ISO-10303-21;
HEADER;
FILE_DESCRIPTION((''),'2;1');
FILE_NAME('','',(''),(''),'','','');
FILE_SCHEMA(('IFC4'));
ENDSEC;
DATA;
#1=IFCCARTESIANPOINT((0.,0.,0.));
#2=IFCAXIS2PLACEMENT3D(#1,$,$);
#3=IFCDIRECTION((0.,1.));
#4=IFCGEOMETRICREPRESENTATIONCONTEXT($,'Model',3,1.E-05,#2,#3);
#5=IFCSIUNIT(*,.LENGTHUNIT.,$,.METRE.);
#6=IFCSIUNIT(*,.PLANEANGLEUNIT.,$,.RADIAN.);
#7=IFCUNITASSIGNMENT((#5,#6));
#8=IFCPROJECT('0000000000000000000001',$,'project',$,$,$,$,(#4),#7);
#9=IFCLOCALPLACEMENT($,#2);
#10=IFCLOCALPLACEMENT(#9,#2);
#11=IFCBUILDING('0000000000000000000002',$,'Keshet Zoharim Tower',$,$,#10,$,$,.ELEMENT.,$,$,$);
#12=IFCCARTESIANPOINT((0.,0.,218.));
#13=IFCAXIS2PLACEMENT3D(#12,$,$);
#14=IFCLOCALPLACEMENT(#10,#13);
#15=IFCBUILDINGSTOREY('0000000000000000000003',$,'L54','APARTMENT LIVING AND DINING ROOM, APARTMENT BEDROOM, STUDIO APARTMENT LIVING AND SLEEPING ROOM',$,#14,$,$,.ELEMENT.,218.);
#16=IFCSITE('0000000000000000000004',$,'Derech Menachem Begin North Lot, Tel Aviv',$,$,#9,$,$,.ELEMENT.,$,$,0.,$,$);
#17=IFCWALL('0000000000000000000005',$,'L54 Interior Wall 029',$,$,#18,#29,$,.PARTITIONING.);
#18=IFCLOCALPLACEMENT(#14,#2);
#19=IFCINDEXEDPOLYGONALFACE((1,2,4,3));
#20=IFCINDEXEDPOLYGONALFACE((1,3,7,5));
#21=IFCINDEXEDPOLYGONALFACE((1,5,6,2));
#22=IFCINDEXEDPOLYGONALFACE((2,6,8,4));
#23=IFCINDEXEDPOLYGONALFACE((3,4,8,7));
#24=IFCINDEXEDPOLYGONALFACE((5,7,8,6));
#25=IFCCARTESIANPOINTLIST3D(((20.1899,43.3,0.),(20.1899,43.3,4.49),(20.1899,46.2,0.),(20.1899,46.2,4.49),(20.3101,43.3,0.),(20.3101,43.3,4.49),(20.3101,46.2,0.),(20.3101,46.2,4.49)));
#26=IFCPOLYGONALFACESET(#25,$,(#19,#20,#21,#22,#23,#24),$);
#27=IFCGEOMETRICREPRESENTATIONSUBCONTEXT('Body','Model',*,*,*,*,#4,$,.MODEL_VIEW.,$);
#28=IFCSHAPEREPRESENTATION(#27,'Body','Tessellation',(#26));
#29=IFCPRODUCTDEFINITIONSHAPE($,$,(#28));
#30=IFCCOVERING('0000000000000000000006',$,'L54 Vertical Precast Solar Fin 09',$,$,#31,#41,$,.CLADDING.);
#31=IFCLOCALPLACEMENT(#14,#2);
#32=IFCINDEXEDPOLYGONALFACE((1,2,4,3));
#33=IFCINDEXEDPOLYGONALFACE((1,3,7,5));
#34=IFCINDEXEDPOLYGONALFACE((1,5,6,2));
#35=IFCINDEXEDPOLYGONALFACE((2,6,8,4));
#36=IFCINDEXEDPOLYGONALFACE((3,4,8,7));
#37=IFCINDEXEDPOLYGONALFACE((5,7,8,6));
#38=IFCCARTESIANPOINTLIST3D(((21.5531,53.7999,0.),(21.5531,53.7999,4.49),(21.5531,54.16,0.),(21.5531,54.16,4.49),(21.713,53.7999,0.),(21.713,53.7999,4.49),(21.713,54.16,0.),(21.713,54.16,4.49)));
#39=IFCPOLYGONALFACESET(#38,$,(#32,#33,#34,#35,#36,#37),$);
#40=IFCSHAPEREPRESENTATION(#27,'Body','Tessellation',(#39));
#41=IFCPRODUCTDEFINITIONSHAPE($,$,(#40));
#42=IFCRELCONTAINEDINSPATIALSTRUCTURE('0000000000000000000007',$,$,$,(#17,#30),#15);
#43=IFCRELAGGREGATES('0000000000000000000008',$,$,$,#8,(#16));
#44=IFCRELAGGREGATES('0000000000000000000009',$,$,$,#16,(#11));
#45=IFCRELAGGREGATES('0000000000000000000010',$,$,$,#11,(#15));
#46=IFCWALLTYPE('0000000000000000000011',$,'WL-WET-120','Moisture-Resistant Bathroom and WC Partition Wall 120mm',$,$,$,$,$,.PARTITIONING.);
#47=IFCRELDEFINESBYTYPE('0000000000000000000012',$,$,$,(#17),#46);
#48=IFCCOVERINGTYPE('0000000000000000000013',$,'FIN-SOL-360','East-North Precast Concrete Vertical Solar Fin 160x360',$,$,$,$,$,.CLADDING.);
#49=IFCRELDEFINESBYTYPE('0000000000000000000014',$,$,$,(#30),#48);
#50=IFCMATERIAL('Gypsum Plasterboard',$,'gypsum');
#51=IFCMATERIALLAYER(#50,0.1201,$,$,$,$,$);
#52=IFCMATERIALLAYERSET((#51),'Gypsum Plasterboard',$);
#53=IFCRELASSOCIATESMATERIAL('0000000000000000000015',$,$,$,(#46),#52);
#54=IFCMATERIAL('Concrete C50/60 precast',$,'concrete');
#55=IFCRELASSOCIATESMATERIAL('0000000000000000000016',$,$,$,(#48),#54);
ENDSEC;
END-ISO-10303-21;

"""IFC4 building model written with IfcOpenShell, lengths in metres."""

from ifc_helpers import new_model, si_unit, direction, frame, frame_2d, origin, origin_2d, place, context, subcontext, project, spatial, rectangle, extrude, material, layer, layer_set, type_object, element, save


model = new_model("IFC4")

# Units and contexts
model_context = context("Model", 3, precision=1e-05, world=origin(), true_north=direction((0.0, 1.0)))
body_context = subcontext(model_context, "Body", "Model", "MODEL_VIEW")
ifc_project = project(units=[si_unit("LENGTHUNIT", "METRE"), si_unit("PLANEANGLEUNIT", "RADIAN")], contexts=[model_context])

# Site, building, storey
site_placement = place(None, origin())
site = spatial("IfcSite", under=ifc_project, at=site_placement, Name="Derech Menachem Begin North Lot, Tel Aviv", CompositionType="ELEMENT", RefElevation=0.0)
building_placement = place(site_placement, origin())
building = spatial("IfcBuilding", under=site, at=building_placement, Name="Keshet Zoharim Tower", CompositionType="ELEMENT")
storey_placement = place(building_placement, frame((0.0, 0.0, 218.0)))
storey = spatial("IfcBuildingStorey", under=building, at=storey_placement, Name="L54", Description="APARTMENT LIVING AND DINING ROOM, APARTMENT BEDROOM, STUDIO APARTMENT LIVING AND SLEEPING ROOM", CompositionType="ELEMENT", Elevation=218.0)

# Shared definitions
ifc_material_1 = material(Name="Gypsum Plasterboard", Category="gypsum")

# Wall
ifc_layer_1 = layer(ifc_material_1, 0.1201)
ifc_layer_set_1 = layer_set([ifc_layer_1], Name="Gypsum Plasterboard")
wall_type_1 = type_object("IfcWallType", Name="WL-WET-120", Description="Moisture-Resistant Bathroom and WC Partition Wall 120mm", PredefinedType="PARTITIONING", material=ifc_layer_set_1)
wall_1_placement = place(storey_placement, frame((20.25, 43.3, 0.0), z_axis=(0.0, 0.0, 1.0), x_axis=(0.0, 1.0, 0.0)))
element("IfcWall", 1, at=wall_1_placement, inside=storey, type_object=wall_type_1, Name="L54 Interior Wall 029", PredefinedType="PARTITIONING", context=body_context, shape_type="SweptSolid", body=[
    extrude(rectangle(XDim=2.8999, YDim=0.1201, at=frame_2d((1.45, 0.0))), origin(), (0.0, 0.0, 1.0), 4.49),
])

# Covering
ifc_material_2 = material(Name="Concrete C50/60 precast", Category="concrete")
covering_type = type_object("IfcCoveringType", Name="FIN-SOL-360", Description="East-North Precast Concrete Vertical Solar Fin 160x360", PredefinedType="CLADDING", material=ifc_material_2)
covering_placement = place(storey_placement, frame((21.6331, 53.98, 0.0), z_axis=(0.0, 0.0, 1.0), x_axis=(1.0, 0.0, 0.0)))
element("IfcCovering", 2, at=covering_placement, inside=storey, type_object=covering_type, Name="L54 Vertical Precast Solar Fin 09", PredefinedType="CLADDING", context=body_context, shape_type="SweptSolid", body=[
    extrude(rectangle(XDim=0.1599, YDim=0.3601, at=origin_2d()), origin(), (0.0, 0.0, 1.0), 4.49),
])

save(model, "model.ifc")
